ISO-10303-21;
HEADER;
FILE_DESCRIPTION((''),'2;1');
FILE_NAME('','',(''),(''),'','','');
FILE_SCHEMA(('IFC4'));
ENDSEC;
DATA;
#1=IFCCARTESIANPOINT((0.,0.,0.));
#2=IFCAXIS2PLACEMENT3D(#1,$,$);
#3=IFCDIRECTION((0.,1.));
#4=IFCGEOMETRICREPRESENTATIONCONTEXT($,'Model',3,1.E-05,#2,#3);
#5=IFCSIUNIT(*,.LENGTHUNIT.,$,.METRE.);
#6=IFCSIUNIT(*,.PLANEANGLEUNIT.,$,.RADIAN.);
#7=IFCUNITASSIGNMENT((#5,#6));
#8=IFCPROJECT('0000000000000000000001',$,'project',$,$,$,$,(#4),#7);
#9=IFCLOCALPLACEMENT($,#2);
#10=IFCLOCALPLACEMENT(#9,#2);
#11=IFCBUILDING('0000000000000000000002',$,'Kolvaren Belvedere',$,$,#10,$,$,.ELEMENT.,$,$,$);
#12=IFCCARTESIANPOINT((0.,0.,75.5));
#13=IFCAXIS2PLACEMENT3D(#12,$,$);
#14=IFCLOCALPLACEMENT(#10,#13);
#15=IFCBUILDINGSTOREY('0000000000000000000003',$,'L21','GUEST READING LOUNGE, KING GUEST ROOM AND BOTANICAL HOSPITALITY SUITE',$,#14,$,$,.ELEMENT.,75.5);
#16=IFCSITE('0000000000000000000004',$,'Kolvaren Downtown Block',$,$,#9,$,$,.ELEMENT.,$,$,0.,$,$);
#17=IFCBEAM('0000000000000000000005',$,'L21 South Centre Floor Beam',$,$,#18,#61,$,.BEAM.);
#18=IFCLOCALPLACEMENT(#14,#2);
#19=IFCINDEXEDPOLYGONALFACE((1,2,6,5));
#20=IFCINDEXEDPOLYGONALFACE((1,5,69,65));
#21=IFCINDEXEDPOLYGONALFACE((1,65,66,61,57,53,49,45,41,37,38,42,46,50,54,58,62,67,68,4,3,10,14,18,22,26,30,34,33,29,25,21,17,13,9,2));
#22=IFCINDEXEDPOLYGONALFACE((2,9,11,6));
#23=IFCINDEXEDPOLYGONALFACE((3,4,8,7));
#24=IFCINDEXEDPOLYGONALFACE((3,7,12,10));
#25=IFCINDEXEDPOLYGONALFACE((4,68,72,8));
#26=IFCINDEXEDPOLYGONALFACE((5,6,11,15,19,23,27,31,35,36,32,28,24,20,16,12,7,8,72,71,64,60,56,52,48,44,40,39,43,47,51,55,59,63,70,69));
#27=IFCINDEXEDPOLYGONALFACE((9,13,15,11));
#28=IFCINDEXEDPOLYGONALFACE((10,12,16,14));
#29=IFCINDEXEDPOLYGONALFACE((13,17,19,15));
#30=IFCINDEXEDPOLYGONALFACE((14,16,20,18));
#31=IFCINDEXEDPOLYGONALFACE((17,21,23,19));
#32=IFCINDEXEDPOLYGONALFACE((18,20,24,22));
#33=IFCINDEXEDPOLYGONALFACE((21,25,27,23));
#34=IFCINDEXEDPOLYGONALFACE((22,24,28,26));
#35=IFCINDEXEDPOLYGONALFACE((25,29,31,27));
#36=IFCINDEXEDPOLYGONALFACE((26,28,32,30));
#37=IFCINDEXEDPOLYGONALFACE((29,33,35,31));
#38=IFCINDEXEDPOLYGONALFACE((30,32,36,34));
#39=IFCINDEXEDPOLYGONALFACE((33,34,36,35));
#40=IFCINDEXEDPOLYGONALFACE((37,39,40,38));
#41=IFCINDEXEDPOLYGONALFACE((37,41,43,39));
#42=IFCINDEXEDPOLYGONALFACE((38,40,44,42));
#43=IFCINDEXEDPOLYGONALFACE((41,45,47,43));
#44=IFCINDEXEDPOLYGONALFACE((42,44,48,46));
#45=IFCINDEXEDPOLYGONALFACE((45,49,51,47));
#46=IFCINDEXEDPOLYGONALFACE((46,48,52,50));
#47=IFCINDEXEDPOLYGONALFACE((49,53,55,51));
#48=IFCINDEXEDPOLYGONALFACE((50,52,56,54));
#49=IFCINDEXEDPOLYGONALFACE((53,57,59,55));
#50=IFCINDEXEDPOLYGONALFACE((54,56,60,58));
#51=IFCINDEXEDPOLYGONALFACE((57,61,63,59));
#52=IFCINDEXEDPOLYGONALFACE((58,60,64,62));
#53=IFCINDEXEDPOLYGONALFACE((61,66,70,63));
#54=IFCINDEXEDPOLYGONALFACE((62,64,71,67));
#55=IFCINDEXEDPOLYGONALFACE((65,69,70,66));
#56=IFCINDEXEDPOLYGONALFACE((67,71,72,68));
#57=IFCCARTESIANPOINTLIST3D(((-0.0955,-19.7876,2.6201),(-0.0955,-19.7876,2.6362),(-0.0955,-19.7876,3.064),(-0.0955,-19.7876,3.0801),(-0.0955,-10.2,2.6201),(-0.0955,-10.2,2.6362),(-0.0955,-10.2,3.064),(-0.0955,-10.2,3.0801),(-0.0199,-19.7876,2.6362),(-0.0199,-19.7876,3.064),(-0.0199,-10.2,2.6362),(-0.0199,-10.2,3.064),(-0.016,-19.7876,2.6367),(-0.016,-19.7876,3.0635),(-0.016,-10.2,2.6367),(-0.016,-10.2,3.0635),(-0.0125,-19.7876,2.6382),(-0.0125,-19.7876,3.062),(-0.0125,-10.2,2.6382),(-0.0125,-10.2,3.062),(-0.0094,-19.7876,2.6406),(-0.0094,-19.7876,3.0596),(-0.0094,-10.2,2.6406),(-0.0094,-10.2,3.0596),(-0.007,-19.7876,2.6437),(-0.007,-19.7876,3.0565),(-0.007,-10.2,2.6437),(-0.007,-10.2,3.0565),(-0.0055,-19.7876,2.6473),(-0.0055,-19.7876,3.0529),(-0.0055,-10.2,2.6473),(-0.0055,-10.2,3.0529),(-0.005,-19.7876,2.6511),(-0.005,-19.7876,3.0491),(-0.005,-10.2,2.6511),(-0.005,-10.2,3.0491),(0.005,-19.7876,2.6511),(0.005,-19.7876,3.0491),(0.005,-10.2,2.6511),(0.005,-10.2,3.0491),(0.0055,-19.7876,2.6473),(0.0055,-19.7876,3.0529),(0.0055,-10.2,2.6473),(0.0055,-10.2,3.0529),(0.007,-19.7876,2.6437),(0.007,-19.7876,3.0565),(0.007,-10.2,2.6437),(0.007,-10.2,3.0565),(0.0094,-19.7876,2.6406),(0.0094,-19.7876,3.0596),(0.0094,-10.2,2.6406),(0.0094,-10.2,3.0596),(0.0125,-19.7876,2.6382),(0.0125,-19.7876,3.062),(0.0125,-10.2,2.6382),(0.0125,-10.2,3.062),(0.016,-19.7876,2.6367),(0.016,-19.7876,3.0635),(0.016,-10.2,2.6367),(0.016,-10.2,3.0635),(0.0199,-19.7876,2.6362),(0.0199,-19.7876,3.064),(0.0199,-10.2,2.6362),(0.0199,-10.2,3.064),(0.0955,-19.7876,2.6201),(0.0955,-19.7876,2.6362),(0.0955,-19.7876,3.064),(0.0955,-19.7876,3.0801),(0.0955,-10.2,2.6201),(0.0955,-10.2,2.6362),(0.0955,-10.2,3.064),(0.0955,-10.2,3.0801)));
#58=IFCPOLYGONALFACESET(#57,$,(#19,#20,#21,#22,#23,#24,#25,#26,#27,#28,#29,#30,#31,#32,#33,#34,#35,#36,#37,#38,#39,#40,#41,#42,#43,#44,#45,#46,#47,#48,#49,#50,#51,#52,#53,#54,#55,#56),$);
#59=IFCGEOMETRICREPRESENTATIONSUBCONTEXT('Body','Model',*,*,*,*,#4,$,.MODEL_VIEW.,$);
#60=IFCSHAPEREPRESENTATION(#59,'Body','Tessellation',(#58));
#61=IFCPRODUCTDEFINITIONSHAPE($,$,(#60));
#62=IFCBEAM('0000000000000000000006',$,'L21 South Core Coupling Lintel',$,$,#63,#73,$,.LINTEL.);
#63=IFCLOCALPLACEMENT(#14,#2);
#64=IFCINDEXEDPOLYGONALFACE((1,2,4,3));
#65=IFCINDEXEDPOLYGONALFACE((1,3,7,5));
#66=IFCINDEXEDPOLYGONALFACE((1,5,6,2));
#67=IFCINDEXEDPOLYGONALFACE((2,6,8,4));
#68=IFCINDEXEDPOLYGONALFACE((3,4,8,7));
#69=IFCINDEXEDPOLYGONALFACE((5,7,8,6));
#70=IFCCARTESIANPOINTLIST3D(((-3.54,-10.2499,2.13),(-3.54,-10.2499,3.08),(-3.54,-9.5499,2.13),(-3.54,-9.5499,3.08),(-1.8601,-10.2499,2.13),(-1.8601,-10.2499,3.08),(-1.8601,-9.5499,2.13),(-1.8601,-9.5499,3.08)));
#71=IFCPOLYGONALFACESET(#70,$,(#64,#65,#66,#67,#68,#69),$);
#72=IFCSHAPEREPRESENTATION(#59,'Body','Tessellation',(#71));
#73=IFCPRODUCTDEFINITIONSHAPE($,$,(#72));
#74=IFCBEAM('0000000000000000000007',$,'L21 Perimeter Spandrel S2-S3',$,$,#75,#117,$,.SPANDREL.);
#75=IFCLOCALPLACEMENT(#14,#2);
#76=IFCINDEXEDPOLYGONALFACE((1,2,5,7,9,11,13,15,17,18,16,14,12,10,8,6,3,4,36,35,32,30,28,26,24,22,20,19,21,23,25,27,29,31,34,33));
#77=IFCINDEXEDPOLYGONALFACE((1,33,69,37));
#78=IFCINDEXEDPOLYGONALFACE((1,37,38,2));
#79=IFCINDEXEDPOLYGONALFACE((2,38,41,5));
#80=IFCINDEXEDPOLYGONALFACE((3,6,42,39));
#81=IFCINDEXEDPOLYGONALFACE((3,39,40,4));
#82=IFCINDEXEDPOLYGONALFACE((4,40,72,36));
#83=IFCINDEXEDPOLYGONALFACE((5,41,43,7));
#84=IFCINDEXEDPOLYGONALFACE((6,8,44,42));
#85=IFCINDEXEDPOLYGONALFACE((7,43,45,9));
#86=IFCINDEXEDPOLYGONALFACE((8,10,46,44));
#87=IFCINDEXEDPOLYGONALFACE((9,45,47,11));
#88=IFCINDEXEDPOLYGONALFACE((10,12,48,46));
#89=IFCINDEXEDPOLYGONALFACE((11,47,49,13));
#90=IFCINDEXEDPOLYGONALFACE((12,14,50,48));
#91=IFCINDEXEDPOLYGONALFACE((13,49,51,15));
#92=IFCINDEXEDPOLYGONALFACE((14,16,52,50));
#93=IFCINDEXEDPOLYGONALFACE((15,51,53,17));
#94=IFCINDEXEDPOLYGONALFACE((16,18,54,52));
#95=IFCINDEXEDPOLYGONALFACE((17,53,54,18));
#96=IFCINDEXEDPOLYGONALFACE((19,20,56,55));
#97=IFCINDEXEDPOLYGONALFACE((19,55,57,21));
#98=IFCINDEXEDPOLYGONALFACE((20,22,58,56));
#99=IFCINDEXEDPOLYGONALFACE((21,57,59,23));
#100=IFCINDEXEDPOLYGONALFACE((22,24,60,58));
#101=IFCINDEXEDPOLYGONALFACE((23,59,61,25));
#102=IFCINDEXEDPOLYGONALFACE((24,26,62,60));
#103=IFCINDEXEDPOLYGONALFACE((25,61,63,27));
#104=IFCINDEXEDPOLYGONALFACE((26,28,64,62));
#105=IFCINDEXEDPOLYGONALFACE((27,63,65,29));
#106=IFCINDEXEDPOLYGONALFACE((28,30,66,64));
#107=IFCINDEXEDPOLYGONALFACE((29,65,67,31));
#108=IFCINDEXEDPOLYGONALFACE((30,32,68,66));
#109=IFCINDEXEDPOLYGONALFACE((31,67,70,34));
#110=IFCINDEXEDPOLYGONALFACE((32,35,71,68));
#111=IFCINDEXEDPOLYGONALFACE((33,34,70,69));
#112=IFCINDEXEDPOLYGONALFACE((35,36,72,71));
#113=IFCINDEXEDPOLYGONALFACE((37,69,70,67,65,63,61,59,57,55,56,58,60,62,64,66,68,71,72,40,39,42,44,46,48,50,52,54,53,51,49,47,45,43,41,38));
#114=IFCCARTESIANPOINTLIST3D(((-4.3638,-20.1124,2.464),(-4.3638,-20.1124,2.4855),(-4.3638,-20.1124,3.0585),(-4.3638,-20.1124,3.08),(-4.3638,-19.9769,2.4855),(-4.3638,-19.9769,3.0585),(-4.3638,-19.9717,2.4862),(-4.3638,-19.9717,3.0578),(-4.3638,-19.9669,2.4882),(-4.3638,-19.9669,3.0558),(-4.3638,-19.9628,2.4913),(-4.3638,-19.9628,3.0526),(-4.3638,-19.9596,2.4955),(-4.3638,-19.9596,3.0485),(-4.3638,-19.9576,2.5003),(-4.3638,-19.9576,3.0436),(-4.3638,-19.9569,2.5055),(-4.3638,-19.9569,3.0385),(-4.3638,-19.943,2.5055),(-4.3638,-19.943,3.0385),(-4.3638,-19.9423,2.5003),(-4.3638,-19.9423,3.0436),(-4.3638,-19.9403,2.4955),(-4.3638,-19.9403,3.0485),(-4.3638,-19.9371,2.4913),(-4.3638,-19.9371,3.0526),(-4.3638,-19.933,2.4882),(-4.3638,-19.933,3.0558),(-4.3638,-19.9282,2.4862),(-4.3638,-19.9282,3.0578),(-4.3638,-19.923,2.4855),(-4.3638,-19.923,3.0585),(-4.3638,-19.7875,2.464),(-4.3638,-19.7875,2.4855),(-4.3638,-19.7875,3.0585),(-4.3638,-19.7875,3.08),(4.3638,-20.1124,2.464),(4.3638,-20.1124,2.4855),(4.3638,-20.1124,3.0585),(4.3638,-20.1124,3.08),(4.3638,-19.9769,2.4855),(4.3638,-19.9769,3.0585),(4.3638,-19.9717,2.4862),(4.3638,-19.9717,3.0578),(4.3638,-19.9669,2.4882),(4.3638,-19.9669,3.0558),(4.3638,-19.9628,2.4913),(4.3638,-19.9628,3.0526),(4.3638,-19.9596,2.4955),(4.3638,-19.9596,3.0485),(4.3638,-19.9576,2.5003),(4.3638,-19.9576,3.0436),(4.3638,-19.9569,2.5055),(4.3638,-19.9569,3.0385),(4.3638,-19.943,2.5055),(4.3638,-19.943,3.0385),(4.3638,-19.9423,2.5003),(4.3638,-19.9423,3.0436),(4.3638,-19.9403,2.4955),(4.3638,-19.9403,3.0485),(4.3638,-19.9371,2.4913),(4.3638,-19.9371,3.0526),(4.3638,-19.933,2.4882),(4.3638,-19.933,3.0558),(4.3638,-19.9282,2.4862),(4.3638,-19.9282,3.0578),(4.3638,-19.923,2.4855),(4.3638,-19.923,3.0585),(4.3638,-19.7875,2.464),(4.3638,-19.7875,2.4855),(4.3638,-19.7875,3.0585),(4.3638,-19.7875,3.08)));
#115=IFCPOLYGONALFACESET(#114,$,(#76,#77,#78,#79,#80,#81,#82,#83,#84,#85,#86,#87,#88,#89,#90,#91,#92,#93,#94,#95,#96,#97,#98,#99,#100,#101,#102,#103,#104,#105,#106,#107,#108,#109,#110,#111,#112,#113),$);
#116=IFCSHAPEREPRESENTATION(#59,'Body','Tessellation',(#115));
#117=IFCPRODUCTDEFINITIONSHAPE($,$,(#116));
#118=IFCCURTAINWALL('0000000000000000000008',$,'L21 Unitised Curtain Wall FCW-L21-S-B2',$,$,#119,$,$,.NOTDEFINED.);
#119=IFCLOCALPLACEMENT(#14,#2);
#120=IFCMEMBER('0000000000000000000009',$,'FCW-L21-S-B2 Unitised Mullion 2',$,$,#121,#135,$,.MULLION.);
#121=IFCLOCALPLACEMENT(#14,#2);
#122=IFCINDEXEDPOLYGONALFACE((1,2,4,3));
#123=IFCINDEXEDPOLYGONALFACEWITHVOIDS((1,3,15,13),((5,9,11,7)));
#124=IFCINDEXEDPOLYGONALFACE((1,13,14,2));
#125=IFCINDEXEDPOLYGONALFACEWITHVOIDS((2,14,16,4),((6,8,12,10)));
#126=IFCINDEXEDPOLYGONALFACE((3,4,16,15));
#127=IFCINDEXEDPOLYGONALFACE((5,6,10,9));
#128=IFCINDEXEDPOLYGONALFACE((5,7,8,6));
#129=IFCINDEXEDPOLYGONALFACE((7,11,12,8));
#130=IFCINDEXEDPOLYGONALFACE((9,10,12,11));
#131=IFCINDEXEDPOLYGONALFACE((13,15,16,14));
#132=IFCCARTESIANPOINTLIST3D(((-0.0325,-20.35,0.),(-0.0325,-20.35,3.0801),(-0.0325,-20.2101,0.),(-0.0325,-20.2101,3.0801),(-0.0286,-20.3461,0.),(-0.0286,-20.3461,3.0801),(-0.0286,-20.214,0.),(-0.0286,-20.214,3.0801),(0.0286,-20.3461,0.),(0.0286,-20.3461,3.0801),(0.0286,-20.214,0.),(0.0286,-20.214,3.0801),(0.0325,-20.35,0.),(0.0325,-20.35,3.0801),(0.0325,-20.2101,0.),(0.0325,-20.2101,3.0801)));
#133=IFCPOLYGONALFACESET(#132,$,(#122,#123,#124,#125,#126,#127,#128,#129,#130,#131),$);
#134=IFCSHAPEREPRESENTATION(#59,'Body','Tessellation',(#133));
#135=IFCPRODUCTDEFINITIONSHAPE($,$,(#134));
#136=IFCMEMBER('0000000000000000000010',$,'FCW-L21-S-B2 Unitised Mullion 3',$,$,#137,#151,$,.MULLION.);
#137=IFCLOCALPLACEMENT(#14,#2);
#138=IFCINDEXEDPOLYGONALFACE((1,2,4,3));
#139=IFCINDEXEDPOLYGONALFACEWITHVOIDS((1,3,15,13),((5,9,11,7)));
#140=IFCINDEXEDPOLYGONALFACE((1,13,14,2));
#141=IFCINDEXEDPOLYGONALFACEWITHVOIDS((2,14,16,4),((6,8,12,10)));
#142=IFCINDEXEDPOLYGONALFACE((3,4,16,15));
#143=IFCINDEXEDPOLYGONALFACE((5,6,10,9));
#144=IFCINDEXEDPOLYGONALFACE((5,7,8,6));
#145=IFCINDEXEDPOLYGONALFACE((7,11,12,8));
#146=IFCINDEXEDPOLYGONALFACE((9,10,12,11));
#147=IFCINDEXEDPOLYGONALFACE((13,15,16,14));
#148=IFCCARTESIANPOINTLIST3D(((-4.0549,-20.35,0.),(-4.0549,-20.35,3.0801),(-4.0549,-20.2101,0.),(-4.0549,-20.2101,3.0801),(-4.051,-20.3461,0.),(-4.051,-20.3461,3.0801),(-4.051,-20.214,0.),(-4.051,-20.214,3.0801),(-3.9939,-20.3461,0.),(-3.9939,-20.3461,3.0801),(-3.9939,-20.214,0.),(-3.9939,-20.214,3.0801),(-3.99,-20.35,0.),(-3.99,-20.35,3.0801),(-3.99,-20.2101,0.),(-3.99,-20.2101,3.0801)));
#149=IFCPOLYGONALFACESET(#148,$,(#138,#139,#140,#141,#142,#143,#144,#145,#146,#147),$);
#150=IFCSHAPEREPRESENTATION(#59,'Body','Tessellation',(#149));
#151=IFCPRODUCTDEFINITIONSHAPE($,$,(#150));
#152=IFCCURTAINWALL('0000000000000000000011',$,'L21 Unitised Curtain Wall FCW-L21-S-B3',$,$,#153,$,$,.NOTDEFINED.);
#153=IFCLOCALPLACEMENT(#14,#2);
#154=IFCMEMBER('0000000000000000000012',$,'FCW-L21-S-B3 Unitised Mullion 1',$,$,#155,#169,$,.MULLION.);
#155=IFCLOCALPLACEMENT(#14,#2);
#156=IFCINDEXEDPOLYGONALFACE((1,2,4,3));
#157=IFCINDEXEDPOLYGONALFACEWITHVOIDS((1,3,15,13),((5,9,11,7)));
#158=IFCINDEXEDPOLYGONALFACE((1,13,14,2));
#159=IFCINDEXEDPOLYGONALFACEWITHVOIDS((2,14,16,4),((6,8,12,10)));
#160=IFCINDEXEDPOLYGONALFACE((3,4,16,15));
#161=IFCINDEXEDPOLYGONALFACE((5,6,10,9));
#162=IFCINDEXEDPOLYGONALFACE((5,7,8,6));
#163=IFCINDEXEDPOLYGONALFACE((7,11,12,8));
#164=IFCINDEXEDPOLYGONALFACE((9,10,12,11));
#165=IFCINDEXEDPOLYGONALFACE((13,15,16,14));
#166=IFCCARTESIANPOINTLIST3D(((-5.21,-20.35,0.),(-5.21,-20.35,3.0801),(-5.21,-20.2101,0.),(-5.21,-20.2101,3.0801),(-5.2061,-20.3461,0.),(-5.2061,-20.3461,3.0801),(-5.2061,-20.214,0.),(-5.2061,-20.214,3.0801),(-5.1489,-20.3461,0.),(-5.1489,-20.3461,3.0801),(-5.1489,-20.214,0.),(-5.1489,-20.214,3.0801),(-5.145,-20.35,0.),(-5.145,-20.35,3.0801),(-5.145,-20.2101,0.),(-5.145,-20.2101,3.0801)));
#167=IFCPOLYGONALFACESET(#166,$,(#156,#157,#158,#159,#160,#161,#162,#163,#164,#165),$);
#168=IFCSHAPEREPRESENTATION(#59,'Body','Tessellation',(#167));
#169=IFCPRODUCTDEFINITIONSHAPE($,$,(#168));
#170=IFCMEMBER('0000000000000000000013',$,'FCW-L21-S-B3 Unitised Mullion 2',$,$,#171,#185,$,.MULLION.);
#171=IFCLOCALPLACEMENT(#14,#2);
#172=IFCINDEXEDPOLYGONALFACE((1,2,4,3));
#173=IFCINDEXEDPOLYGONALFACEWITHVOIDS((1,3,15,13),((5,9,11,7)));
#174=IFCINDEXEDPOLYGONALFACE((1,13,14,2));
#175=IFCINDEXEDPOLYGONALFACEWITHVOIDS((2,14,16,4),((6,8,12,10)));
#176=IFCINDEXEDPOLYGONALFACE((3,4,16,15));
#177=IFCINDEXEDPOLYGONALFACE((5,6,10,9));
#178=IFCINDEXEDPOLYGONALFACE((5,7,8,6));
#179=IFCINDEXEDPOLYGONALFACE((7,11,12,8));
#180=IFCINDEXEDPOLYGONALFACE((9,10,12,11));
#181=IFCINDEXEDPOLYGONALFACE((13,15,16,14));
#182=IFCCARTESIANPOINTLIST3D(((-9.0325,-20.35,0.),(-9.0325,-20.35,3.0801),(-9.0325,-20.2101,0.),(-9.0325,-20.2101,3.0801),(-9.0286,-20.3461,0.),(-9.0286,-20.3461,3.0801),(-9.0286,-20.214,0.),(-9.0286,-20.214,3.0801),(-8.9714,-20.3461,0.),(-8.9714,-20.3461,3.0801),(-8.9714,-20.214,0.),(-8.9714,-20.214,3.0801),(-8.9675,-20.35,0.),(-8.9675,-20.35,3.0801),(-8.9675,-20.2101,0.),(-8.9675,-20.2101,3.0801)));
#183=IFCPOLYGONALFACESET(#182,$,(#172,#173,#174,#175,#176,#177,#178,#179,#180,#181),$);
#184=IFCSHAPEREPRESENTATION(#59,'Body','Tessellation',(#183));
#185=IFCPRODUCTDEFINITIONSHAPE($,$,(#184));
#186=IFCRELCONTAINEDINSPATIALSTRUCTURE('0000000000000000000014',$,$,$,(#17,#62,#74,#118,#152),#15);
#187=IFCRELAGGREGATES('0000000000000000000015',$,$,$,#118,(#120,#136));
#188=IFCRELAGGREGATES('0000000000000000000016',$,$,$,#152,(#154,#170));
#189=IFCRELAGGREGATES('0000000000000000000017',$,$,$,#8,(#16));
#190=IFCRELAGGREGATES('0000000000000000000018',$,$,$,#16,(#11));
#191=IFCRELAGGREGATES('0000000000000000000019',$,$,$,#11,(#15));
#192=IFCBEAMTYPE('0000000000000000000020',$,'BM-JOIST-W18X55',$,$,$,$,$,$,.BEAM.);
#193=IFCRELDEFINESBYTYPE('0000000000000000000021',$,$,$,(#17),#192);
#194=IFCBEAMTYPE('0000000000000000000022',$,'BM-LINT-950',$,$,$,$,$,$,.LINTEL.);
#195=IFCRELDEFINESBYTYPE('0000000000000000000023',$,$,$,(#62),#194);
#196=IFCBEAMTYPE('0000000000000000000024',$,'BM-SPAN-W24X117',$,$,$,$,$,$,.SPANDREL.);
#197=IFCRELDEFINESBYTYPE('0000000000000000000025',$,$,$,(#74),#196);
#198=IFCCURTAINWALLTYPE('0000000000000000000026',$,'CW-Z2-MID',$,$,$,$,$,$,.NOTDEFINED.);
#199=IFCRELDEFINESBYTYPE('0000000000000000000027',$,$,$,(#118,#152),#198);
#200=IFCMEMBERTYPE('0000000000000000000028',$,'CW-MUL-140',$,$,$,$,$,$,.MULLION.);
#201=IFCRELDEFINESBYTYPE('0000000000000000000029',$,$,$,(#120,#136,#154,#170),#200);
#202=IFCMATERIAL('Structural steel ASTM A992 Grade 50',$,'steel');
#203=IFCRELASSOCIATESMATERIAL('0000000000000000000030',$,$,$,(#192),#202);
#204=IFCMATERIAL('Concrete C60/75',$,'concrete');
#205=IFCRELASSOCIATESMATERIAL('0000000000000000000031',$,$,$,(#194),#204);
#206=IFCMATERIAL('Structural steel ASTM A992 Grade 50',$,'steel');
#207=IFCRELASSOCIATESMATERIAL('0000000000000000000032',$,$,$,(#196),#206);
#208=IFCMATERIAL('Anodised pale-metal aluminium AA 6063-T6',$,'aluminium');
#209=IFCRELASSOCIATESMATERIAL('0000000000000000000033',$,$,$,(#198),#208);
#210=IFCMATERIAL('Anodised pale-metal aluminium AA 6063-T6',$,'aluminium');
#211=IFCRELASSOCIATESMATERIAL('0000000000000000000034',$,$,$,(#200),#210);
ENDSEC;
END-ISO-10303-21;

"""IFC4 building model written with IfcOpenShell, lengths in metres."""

from ifc_helpers import new_model, si_unit, direction, frame, origin, origin_2d, place, context, subcontext, project, spatial, rectangle, hollow_rectangle, i_section, extrude, material, material_profile, profile_set, type_object, element, aggregate, save


model = new_model("IFC4")

# Units and contexts
model_context = context("Model", 3, precision=1e-05, world=origin(), true_north=direction((0.0, 1.0)))
body_context = subcontext(model_context, "Body", "Model", "MODEL_VIEW")
ifc_project = project(units=[si_unit("LENGTHUNIT", "METRE"), si_unit("PLANEANGLEUNIT", "RADIAN")], contexts=[model_context])

# Site, building, storey
site_placement = place(None, origin())
site = spatial("IfcSite", under=ifc_project, at=site_placement, Name="Kolvaren Downtown Block", CompositionType="ELEMENT", RefElevation=0.0)
building_placement = place(site_placement, origin())
building = spatial("IfcBuilding", under=site, at=building_placement, Name="Kolvaren Belvedere", CompositionType="ELEMENT")
storey_placement = place(building_placement, frame((0.0, 0.0, 75.5)))
storey = spatial("IfcBuildingStorey", under=building, at=storey_placement, Name="L21", Description="GUEST READING LOUNGE, KING GUEST ROOM AND BOTANICAL HOSPITALITY SUITE", CompositionType="ELEMENT", Elevation=75.5)

# Beams
ifc_material_1 = material(Name="Structural steel ASTM A992 Grade 50", Category="steel")
ifc_material_profile_1 = material_profile(ifc_material_1, i_section(OverallWidth=0.1909, OverallDepth=0.46, WebThickness=0.01, FlangeThickness=0.0161, FilletRadius=0.0149, at=origin_2d()), Name="W18X55")
ifc_profile_set_1 = profile_set([ifc_material_profile_1], Name="Structural steel ASTM A992 Grade 50")
beam_type_1 = type_object("IfcBeamType", Name="BM-JOIST-W18X55", PredefinedType="BEAM", material=ifc_profile_set_1)
beam_1_placement = place(storey_placement, frame((0.0, -10.2, 2.8501), z_axis=(0.0, -1.0, 0.0), x_axis=(1.0, 0.0, 0.0)))
element("IfcBeam", 1, at=beam_1_placement, inside=storey, type_object=beam_type_1, Name="L21 South Centre Floor Beam", PredefinedType="BEAM", context=body_context, shape_type="SweptSolid", body=[
    extrude(i_section(OverallWidth=0.1909, OverallDepth=0.46, WebThickness=0.01, FlangeThickness=0.0161, FilletRadius=0.0149, at=origin_2d()), origin(), (0.0, 0.0, 1.0), 9.5876),
])
ifc_material_2 = material(Name="Concrete C60/75", Category="concrete")
ifc_material_profile_2 = material_profile(ifc_material_2, rectangle(XDim=0.7, YDim=0.95, at=origin_2d()), Name="RC 700X950")
ifc_profile_set_2 = profile_set([ifc_material_profile_2], Name="Concrete C60/75")
beam_type_2 = type_object("IfcBeamType", Name="BM-LINT-950", PredefinedType="LINTEL", material=ifc_profile_set_2)
beam_2_placement = place(storey_placement, frame((-3.54, -9.8999, 2.605), z_axis=(1.0, 0.0, 0.0), x_axis=(0.0, 1.0, 0.0)))
element("IfcBeam", 2, at=beam_2_placement, inside=storey, type_object=beam_type_2, Name="L21 South Core Coupling Lintel", PredefinedType="LINTEL", context=body_context, shape_type="SweptSolid", body=[
    extrude(rectangle(XDim=0.7, YDim=0.95, at=origin_2d()), origin(), (0.0, 0.0, 1.0), 1.6799),
])
ifc_material_3 = material(Name="Structural steel ASTM A992 Grade 50", Category="steel")
ifc_material_profile_3 = material_profile(ifc_material_3, i_section(OverallWidth=0.325, OverallDepth=0.616, WebThickness=0.0139, FlangeThickness=0.0215, FilletRadius=0.02, at=origin_2d()), Name="W24X117")
ifc_profile_set_3 = profile_set([ifc_material_profile_3], Name="Structural steel ASTM A992 Grade 50")
beam_type_3 = type_object("IfcBeamType", Name="BM-SPAN-W24X117", PredefinedType="SPANDREL", material=ifc_profile_set_3)
beam_3_placement = place(storey_placement, frame((-4.3638, -19.95, 2.772), z_axis=(1.0, 0.0, 0.0), x_axis=(0.0, 1.0, 0.0)))
element("IfcBeam", 3, at=beam_3_placement, inside=storey, type_object=beam_type_3, Name="L21 Perimeter Spandrel S2-S3", PredefinedType="SPANDREL", context=body_context, shape_type="SweptSolid", body=[
    extrude(i_section(OverallWidth=0.325, OverallDepth=0.616, WebThickness=0.0139, FlangeThickness=0.0215, FilletRadius=0.02, at=origin_2d()), origin(), (0.0, 0.0, 1.0), 8.7275),
])

# Curtain walls, members
ifc_material_4 = material(Name="Anodised pale-metal aluminium AA 6063-T6", Category="aluminium")
curtain_wall_type = type_object("IfcCurtainWallType", Name="CW-Z2-MID", PredefinedType="NOTDEFINED", material=ifc_material_4)
curtain_wall_1_placement = place(storey_placement, origin())
curtain_wall_1 = element("IfcCurtainWall", 4, at=curtain_wall_1_placement, inside=storey, type_object=curtain_wall_type, Name="L21 Unitised Curtain Wall FCW-L21-S-B2", PredefinedType="NOTDEFINED")
ifc_material_5 = material(Name="Anodised pale-metal aluminium AA 6063-T6", Category="aluminium")
ifc_material_profile_4 = material_profile(ifc_material_5, hollow_rectangle(XDim=0.0649, YDim=0.1399, WallThickness=0.0039, at=origin_2d()), Name="ALU-MUL-140X65")
ifc_profile_set_4 = profile_set([ifc_material_profile_4], Name="Anodised pale-metal aluminium AA 6063-T6")
member_type_1 = type_object("IfcMemberType", Name="CW-MUL-140", PredefinedType="MULLION", material=ifc_profile_set_4)
member_1_placement = place(storey_placement, frame((0.0, -20.28, 0.0), z_axis=(0.0, 0.0, 1.0), x_axis=(1.0, 0.0, 0.0)))
member_1 = element("IfcMember", 5, at=member_1_placement, type_object=member_type_1, Name="FCW-L21-S-B2 Unitised Mullion 2", PredefinedType="MULLION", context=body_context, shape_type="SweptSolid", body=[
    extrude(hollow_rectangle(XDim=0.0649, YDim=0.1399, WallThickness=0.0039, at=origin_2d()), origin(), (0.0, 0.0, 1.0), 3.0801),
])
member_2_placement = place(storey_placement, frame((-4.0225, -20.28, 0.0), z_axis=(0.0, 0.0, 1.0), x_axis=(1.0, 0.0, 0.0)))
member_2 = element("IfcMember", 6, at=member_2_placement, type_object=member_type_1, Name="FCW-L21-S-B2 Unitised Mullion 3", PredefinedType="MULLION", context=body_context, shape_type="SweptSolid", body=[
    extrude(hollow_rectangle(XDim=0.0649, YDim=0.1399, WallThickness=0.0039, at=origin_2d()), origin(), (0.0, 0.0, 1.0), 3.0801),
])
curtain_wall_2_placement = place(storey_placement, origin())
curtain_wall_2 = element("IfcCurtainWall", 7, at=curtain_wall_2_placement, inside=storey, type_object=curtain_wall_type, Name="L21 Unitised Curtain Wall FCW-L21-S-B3", PredefinedType="NOTDEFINED")
member_3_placement = place(storey_placement, frame((-5.1775, -20.28, 0.0), z_axis=(0.0, 0.0, 1.0), x_axis=(1.0, 0.0, 0.0)))
member_3 = element("IfcMember", 8, at=member_3_placement, type_object=member_type_1, Name="FCW-L21-S-B3 Unitised Mullion 1", PredefinedType="MULLION", context=body_context, shape_type="SweptSolid", body=[
    extrude(hollow_rectangle(XDim=0.0649, YDim=0.1399, WallThickness=0.0039, at=origin_2d()), origin(), (0.0, 0.0, 1.0), 3.0801),
])
member_4_placement = place(storey_placement, frame((-9.0, -20.28, 0.0), z_axis=(0.0, 0.0, 1.0), x_axis=(1.0, 0.0, 0.0)))
member_4 = element("IfcMember", 9, at=member_4_placement, type_object=member_type_1, Name="FCW-L21-S-B3 Unitised Mullion 2", PredefinedType="MULLION", context=body_context, shape_type="SweptSolid", body=[
    extrude(hollow_rectangle(XDim=0.0649, YDim=0.1399, WallThickness=0.0039, at=origin_2d()), origin(), (0.0, 0.0, 1.0), 3.0801),
])

aggregate(curtain_wall_1, [member_1, member_2])
aggregate(curtain_wall_2, [member_3, member_4])

save(model, "model.ifc")
